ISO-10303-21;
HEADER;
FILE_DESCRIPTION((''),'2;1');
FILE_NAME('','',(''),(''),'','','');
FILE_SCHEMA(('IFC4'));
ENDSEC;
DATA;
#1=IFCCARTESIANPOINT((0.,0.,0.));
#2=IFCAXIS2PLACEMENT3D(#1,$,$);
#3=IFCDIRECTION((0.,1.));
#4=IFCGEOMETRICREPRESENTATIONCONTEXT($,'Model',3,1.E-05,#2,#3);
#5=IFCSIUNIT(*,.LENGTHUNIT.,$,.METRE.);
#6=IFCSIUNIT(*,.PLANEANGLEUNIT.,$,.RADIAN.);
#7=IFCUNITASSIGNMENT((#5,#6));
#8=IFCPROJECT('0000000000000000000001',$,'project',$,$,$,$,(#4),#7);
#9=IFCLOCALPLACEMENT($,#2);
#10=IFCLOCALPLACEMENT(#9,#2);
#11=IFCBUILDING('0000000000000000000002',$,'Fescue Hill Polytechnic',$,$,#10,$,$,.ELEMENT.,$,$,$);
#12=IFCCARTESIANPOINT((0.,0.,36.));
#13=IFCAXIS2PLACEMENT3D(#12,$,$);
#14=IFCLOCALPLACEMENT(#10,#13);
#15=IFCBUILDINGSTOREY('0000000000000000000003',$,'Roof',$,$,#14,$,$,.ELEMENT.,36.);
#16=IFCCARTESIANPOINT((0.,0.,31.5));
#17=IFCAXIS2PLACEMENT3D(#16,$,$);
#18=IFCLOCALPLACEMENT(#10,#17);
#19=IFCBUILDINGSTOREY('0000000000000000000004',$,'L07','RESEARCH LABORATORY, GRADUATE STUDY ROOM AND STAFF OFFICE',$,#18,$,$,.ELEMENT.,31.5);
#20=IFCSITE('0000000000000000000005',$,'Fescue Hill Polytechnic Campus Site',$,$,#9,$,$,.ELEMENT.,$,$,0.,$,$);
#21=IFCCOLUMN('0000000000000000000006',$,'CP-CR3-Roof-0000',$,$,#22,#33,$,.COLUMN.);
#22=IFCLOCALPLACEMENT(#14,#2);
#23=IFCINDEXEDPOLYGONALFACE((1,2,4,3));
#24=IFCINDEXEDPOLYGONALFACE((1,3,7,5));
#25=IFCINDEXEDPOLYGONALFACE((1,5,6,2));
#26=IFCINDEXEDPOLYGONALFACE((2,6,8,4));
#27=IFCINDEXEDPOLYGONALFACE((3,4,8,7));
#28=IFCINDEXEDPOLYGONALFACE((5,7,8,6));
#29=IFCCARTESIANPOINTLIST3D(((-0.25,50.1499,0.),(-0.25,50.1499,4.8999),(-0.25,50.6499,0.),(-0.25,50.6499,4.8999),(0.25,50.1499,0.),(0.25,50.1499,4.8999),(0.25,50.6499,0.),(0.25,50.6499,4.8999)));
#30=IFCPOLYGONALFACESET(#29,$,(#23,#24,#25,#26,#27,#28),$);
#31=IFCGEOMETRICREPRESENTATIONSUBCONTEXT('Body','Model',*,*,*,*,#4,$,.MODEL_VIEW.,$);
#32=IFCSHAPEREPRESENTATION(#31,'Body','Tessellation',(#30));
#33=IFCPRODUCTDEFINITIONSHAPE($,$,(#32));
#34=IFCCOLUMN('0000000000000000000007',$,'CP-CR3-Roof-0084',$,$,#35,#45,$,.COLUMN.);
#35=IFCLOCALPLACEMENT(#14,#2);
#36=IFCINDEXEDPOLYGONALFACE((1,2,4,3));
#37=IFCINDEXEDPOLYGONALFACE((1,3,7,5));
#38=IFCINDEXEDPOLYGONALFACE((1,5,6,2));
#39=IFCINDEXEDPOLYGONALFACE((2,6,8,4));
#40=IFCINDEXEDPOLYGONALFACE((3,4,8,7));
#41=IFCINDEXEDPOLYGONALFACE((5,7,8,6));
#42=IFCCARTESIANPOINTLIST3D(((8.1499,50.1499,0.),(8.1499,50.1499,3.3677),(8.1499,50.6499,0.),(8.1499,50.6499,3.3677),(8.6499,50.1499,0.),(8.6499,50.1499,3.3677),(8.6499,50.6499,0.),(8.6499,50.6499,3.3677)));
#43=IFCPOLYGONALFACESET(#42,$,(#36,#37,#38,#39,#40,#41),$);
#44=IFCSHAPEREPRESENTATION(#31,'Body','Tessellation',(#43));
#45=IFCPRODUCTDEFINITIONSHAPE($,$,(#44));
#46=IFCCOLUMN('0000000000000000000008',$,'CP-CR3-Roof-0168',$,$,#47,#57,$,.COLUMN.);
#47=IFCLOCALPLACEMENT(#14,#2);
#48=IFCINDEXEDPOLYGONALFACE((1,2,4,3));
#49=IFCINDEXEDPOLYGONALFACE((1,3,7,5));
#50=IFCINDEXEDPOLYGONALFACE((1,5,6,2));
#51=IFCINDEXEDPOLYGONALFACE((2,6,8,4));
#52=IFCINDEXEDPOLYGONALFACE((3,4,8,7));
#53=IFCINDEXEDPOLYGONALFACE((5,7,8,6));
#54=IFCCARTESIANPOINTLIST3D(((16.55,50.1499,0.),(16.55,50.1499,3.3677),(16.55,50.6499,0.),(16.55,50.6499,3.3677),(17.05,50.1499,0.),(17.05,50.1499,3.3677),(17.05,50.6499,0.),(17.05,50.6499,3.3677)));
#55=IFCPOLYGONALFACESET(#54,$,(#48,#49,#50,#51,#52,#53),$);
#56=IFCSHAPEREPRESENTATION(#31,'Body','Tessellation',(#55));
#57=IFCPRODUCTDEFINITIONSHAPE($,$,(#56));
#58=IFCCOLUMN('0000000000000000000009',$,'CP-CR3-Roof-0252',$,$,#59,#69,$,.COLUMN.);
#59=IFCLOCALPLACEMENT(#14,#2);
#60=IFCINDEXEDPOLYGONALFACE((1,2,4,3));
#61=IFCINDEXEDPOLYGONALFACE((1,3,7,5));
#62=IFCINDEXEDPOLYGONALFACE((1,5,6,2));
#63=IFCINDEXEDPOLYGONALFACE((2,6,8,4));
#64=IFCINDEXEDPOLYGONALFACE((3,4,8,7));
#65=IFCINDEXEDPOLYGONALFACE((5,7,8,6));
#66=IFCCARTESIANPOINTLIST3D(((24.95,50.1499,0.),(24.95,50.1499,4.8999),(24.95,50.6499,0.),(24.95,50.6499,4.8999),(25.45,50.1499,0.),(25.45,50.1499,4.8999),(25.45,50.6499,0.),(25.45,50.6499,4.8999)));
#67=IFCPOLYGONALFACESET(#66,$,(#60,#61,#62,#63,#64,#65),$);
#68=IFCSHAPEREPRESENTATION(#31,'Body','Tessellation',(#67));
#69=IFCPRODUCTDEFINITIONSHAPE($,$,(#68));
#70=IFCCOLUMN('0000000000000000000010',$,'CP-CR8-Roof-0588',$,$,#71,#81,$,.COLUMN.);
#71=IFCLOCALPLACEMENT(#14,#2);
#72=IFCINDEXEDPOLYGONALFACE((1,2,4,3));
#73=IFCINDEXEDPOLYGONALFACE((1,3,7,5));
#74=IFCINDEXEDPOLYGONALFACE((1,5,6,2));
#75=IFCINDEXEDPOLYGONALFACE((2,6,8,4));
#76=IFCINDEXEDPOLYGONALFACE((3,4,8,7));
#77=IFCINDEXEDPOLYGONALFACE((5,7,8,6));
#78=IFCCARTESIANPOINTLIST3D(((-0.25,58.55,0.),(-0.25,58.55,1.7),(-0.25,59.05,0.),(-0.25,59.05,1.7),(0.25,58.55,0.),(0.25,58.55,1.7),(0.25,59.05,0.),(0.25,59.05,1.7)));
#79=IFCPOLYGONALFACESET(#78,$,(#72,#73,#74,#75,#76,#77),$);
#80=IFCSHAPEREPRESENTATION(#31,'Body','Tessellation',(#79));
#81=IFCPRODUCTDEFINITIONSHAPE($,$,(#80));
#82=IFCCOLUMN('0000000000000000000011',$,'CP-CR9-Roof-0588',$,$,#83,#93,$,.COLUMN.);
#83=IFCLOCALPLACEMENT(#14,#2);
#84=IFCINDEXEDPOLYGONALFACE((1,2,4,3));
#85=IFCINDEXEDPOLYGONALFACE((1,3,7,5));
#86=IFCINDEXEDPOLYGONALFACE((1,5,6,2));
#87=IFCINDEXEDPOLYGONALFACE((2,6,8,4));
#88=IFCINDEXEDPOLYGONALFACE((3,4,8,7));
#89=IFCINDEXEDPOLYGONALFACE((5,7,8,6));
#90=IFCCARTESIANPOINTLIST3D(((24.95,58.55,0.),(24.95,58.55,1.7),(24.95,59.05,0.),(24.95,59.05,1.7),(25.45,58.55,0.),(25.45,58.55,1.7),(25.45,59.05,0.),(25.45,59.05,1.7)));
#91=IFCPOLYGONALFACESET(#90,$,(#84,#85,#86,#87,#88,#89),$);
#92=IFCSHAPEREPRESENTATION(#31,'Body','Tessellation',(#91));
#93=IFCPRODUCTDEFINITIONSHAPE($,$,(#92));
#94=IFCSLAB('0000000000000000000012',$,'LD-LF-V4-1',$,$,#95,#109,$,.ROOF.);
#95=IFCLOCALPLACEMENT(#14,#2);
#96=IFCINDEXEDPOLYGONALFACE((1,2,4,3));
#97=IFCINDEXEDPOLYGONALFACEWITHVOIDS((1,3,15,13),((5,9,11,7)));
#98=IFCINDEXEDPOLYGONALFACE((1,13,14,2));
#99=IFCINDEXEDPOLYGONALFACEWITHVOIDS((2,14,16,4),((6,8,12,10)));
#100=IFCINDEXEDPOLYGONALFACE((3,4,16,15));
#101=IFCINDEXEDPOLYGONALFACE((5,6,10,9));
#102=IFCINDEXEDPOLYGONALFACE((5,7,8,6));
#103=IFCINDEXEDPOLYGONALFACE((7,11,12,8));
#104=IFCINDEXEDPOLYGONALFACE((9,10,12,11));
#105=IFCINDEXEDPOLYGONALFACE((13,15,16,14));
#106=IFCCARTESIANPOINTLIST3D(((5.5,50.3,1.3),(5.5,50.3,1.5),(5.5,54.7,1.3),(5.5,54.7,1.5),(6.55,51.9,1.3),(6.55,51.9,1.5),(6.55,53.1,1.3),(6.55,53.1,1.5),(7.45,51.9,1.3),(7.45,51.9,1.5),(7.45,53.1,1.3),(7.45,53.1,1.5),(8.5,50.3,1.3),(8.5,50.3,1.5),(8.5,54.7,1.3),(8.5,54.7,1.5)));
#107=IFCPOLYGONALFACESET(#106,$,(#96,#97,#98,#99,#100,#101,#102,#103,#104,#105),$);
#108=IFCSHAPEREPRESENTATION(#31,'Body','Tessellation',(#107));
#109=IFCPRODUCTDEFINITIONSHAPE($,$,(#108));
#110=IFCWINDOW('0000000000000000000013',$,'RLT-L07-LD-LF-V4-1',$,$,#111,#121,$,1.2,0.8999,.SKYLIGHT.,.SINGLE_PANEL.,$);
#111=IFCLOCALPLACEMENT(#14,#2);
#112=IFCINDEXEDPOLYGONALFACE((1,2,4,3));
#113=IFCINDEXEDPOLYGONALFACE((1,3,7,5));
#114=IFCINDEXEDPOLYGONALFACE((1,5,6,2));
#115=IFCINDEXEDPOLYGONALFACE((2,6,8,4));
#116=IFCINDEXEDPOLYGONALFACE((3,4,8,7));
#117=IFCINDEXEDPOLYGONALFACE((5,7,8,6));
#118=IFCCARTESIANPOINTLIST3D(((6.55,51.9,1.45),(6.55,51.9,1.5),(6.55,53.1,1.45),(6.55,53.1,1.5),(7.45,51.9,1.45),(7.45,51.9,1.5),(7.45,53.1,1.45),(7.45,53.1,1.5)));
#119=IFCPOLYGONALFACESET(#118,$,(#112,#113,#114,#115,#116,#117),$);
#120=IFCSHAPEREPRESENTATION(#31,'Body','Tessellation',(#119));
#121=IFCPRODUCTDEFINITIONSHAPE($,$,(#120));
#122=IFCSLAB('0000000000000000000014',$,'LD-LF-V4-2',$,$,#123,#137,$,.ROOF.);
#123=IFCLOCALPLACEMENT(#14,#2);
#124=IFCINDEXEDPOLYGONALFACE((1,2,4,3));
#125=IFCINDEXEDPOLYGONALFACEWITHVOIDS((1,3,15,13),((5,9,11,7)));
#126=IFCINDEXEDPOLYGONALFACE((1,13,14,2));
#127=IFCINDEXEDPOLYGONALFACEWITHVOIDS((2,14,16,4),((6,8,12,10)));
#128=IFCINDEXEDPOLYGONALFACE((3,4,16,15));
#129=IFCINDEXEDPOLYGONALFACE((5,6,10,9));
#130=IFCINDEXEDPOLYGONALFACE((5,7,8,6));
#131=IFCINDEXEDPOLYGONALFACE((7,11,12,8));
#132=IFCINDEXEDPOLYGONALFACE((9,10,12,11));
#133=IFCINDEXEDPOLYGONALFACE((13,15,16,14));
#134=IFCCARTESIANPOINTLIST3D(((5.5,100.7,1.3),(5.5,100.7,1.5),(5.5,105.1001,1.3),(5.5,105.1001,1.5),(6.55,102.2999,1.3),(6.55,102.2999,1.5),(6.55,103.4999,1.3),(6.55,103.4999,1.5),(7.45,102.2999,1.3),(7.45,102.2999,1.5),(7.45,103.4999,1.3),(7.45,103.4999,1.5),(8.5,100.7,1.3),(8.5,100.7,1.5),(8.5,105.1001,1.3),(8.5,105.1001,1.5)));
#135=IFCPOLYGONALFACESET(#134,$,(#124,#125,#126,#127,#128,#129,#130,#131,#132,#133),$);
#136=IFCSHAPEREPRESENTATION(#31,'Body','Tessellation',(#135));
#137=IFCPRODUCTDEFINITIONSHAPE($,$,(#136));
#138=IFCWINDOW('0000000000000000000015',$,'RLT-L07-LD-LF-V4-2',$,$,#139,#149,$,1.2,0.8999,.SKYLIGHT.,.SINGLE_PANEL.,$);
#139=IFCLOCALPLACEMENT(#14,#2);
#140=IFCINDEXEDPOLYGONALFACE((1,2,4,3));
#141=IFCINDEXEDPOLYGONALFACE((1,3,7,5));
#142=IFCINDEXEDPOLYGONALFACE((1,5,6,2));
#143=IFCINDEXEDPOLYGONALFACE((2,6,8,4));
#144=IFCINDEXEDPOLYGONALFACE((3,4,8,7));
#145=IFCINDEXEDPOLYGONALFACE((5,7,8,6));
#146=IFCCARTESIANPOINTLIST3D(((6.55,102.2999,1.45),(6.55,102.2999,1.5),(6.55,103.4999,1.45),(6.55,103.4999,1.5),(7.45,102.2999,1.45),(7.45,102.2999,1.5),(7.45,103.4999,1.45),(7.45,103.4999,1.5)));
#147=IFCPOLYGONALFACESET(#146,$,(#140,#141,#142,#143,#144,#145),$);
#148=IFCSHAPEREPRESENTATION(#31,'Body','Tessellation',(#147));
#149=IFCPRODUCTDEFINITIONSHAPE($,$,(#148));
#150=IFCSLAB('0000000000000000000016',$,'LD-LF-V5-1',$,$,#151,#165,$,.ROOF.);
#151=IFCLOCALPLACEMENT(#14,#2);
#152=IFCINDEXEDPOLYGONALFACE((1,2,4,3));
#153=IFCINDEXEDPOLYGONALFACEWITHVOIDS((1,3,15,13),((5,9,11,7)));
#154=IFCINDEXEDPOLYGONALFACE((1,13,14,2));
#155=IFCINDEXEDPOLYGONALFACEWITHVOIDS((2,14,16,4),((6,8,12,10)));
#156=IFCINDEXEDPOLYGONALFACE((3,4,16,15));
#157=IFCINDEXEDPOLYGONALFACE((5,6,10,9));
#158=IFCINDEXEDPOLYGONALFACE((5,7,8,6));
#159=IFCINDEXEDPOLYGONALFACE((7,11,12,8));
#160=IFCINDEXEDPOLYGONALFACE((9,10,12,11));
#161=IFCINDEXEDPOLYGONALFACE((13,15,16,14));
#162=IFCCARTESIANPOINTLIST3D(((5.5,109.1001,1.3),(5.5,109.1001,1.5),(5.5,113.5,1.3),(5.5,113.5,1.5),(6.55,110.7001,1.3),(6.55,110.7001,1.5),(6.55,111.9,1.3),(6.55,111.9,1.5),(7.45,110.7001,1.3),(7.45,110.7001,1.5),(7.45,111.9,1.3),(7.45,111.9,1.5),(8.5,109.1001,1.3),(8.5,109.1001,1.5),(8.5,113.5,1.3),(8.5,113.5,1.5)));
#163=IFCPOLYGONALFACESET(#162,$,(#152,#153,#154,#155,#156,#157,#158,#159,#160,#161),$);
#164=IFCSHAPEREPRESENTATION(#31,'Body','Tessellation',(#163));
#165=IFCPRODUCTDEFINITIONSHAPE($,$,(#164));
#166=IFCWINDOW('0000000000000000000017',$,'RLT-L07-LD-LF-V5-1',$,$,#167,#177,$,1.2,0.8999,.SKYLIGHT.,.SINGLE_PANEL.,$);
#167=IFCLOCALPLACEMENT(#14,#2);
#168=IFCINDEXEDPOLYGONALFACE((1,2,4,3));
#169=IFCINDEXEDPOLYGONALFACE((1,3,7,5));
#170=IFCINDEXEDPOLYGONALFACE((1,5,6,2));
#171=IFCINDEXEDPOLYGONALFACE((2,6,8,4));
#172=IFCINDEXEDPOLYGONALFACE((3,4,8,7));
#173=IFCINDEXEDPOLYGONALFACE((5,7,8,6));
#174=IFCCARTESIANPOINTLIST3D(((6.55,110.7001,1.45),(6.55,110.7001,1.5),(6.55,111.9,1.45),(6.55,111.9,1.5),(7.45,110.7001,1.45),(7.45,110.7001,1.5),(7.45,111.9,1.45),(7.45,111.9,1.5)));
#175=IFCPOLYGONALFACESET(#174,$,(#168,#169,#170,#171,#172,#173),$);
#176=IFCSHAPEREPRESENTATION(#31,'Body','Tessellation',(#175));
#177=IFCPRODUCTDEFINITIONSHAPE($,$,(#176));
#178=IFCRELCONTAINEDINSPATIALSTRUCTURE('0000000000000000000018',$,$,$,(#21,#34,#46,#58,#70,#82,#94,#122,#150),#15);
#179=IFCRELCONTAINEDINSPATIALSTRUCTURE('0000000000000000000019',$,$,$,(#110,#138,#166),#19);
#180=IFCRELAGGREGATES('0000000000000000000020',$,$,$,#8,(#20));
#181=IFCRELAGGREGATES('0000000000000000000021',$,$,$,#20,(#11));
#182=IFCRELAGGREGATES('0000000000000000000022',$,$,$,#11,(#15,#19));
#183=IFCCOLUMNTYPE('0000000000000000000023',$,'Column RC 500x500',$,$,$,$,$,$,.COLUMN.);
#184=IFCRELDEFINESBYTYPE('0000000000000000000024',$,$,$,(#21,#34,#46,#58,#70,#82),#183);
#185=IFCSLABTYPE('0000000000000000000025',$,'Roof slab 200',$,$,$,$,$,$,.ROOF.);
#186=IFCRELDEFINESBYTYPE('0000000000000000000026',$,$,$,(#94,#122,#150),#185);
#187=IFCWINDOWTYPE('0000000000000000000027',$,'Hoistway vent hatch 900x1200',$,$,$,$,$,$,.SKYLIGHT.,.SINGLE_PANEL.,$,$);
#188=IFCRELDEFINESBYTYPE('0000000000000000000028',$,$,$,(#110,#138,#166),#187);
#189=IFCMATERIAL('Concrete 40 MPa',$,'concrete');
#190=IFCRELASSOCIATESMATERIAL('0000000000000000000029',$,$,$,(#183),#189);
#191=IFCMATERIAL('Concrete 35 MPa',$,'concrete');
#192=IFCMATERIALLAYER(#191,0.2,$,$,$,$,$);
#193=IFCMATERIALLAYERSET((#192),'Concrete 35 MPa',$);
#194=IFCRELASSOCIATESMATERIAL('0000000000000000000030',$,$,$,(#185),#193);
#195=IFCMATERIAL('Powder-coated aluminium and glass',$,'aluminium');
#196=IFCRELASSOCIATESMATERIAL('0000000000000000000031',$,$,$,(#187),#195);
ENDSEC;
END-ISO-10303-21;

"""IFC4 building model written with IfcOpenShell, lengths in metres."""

from ifc_helpers import new_model, si_unit, direction, frame, origin, origin_2d, place, context, subcontext, project, spatial, polyline, rectangle, outline, extrude, material, layer, layer_set, material_profile, profile_set, type_object, element, fill, save


model = new_model("IFC4")

# Units and contexts
model_context = context("Model", 3, precision=1e-05, world=origin(), true_north=direction((0.0, 1.0)))
body_context = subcontext(model_context, "Body", "Model", "MODEL_VIEW")
ifc_project = project(units=[si_unit("LENGTHUNIT", "METRE"), si_unit("PLANEANGLEUNIT", "RADIAN")], contexts=[model_context])

# Site, building, storey
site_placement = place(None, origin())
site = spatial("IfcSite", under=ifc_project, at=site_placement, Name="Fescue Hill Polytechnic Campus Site", CompositionType="ELEMENT", RefElevation=0.0)
building_placement = place(site_placement, origin())
building = spatial("IfcBuilding", under=site, at=building_placement, Name="Fescue Hill Polytechnic", CompositionType="ELEMENT")
storey_1_placement = place(building_placement, frame((0.0, 0.0, 36.0)))
storey_1 = spatial("IfcBuildingStorey", under=building, at=storey_1_placement, Name="Roof", CompositionType="ELEMENT", Elevation=36.0)

# Columns
ifc_material_1 = material(Name="Concrete 40 MPa", Category="concrete")
ifc_material_profile = material_profile(ifc_material_1, rectangle(XDim=0.5, YDim=0.5, at=origin_2d()), Name="RC 500x500")
ifc_profile_set = profile_set([ifc_material_profile], Name="Concrete 40 MPa")
column_type = type_object("IfcColumnType", Name="Column RC 500x500", PredefinedType="COLUMN", material=ifc_profile_set)
column_1_placement = place(storey_1_placement, frame((0.0, 50.3999, 0.0), z_axis=(0.0, 0.0, 1.0), x_axis=(1.0, 0.0, 0.0)))
element("IfcColumn", 1, at=column_1_placement, inside=storey_1, type_object=column_type, Name="CP-CR3-Roof-0000", PredefinedType="COLUMN", context=body_context, shape_type="SweptSolid", body=[
    extrude(rectangle(XDim=0.5, YDim=0.5, at=origin_2d()), origin(), (0.0, 0.0, 1.0), 4.8999),
])
for number, where, z_axis, x_axis, name in (
    (2, (8.3999, 50.3999, 0.0), (0.0, 0.0, 1.0), (1.0, 0.0, 0.0), "CP-CR3-Roof-0084"),
    (3, (16.8, 50.3999, 0.0), (0.0, 0.0, 1.0), (1.0, 0.0, 0.0), "CP-CR3-Roof-0168"),
):
    element("IfcColumn", number, at=place(storey_1_placement, frame(where, z_axis=z_axis, x_axis=x_axis)), inside=storey_1, type_object=column_type, Name=name, PredefinedType="COLUMN", context=body_context, shape_type="SweptSolid", body=[
        extrude(rectangle(XDim=0.5, YDim=0.5, at=origin_2d()), origin(), (0.0, 0.0, 1.0), 3.3677),
    ])
column_2_placement = place(storey_1_placement, frame((25.2, 50.3999, 0.0), z_axis=(0.0, 0.0, 1.0), x_axis=(1.0, 0.0, 0.0)))
element("IfcColumn", 4, at=column_2_placement, inside=storey_1, type_object=column_type, Name="CP-CR3-Roof-0252", PredefinedType="COLUMN", context=body_context, shape_type="SweptSolid", body=[
    extrude(rectangle(XDim=0.5, YDim=0.5, at=origin_2d()), origin(), (0.0, 0.0, 1.0), 4.8999),
])
for number, where, z_axis, x_axis, name in (
    (5, (0.0, 58.8, 0.0), (0.0, 0.0, 1.0), (1.0, 0.0, 0.0), "CP-CR8-Roof-0588"),
    (6, (25.2, 58.8, 0.0), (0.0, 0.0, 1.0), (1.0, 0.0, 0.0), "CP-CR9-Roof-0588"),
):
    element("IfcColumn", number, at=place(storey_1_placement, frame(where, z_axis=z_axis, x_axis=x_axis)), inside=storey_1, type_object=column_type, Name=name, PredefinedType="COLUMN", context=body_context, shape_type="SweptSolid", body=[
        extrude(rectangle(XDim=0.5, YDim=0.5, at=origin_2d()), origin(), (0.0, 0.0, 1.0), 1.7),
    ])

# Slab, opening
ifc_material_2 = material(Name="Concrete 35 MPa", Category="concrete")
ifc_layer_1 = layer(ifc_material_2, 0.2)
ifc_layer_set_1 = layer_set([ifc_layer_1], Name="Concrete 35 MPa")
slab_type = type_object("IfcSlabType", Name="Roof slab 200", PredefinedType="ROOF", material=ifc_layer_set_1)
slab_1_placement = place(storey_1_placement, frame((0.0, 0.0, 1.3)))
slab_1 = element("IfcSlab", 7, at=slab_1_placement, inside=storey_1, type_object=slab_type, Name="LD-LF-V4-1", PredefinedType="ROOF", context=body_context, shape_type="SweptSolid", body=[
    extrude(outline(polyline([(8.5, 50.3), (5.5, 50.3), (5.5, 54.7), (8.5, 54.7), (8.5, 50.3)])), origin(), (0.0, 0.0, 1.0), 0.2),
])
opening_1_placement = place(slab_1_placement, frame((7.0, 52.5, 0.0)))
opening_1 = element("IfcOpeningElement", 8, at=opening_1_placement, cuts=slab_1, PredefinedType="OPENING", context=body_context, shape_type="SweptSolid", body=[
    extrude(rectangle(XDim=0.8999, YDim=1.2, at=origin_2d()), frame((0.0, 0.0, -0.01)), (0.0, 0.0, 1.0), 0.22),
])

# Shared definitions
storey_2_placement = place(building_placement, frame((0.0, 0.0, 31.5)))
storey_2 = spatial("IfcBuildingStorey", under=building, at=storey_2_placement, Name="L07", Description="RESEARCH LABORATORY, GRADUATE STUDY ROOM AND STAFF OFFICE", CompositionType="ELEMENT", Elevation=31.5)

# Window
ifc_material_3 = material(Name="Powder-coated aluminium and glass", Category="aluminium")
window_type = type_object("IfcWindowType", Name="Hoistway vent hatch 900x1200", PartitioningType="SINGLE_PANEL", PredefinedType="SKYLIGHT", material=ifc_material_3)
window_1_placement = place(opening_1_placement, frame((0.0, 0.0, 0.1499)))
window_1 = element("IfcWindow", 9, at=window_1_placement, inside=storey_2, type_object=window_type, Name="RLT-L07-LD-LF-V4-1", OverallHeight=1.2, OverallWidth=0.8999, PartitioningType="SINGLE_PANEL", PredefinedType="SKYLIGHT", context=body_context, shape_type="SweptSolid", body=[
    extrude(rectangle(XDim=0.8999, YDim=1.2, at=origin_2d()), origin(), (0.0, 0.0, 1.0), 0.05),
])
fill(opening_1, window_1)

# Slabs, openings, windows
slab_2_placement = place(storey_1_placement, frame((0.0, 0.0, 1.3)))
slab_2 = element("IfcSlab", 10, at=slab_2_placement, inside=storey_1, type_object=slab_type, Name="LD-LF-V4-2", PredefinedType="ROOF", context=body_context, shape_type="SweptSolid", body=[
    extrude(outline(polyline([(8.5, 100.7), (5.5, 100.7), (5.5, 105.1001), (8.5, 105.1001), (8.5, 100.7)])), origin(), (0.0, 0.0, 1.0), 0.2),
])
opening_2_placement = place(slab_2_placement, frame((7.0, 102.8999, 0.0)))
opening_2 = element("IfcOpeningElement", 11, at=opening_2_placement, cuts=slab_2, PredefinedType="OPENING", context=body_context, shape_type="SweptSolid", body=[
    extrude(rectangle(XDim=0.8999, YDim=1.2, at=origin_2d()), frame((0.0, 0.0, -0.01)), (0.0, 0.0, 1.0), 0.22),
])
window_2_placement = place(opening_2_placement, frame((0.0, 0.0, 0.1499)))
window_2 = element("IfcWindow", 12, at=window_2_placement, inside=storey_2, type_object=window_type, Name="RLT-L07-LD-LF-V4-2", OverallHeight=1.2, OverallWidth=0.8999, PartitioningType="SINGLE_PANEL", PredefinedType="SKYLIGHT", context=body_context, shape_type="SweptSolid", body=[
    extrude(rectangle(XDim=0.8999, YDim=1.2, at=origin_2d()), origin(), (0.0, 0.0, 1.0), 0.05),
])
fill(opening_2, window_2)
slab_3_placement = place(storey_1_placement, frame((0.0, 0.0, 1.3)))
slab_3 = element("IfcSlab", 13, at=slab_3_placement, inside=storey_1, type_object=slab_type, Name="LD-LF-V5-1", PredefinedType="ROOF", context=body_context, shape_type="SweptSolid", body=[
    extrude(outline(polyline([(8.5, 109.1001), (5.5, 109.1001), (5.5, 113.5), (8.5, 113.5), (8.5, 109.1001)])), origin(), (0.0, 0.0, 1.0), 0.2),
])
opening_3_placement = place(slab_3_placement, frame((7.0, 111.3, 0.0)))
opening_3 = element("IfcOpeningElement", 14, at=opening_3_placement, cuts=slab_3, PredefinedType="OPENING", context=body_context, shape_type="SweptSolid", body=[
    extrude(rectangle(XDim=0.8999, YDim=1.2, at=origin_2d()), frame((0.0, 0.0, -0.01)), (0.0, 0.0, 1.0), 0.22),
])
window_3_placement = place(opening_3_placement, frame((0.0, 0.0, 0.1499)))
window_3 = element("IfcWindow", 15, at=window_3_placement, inside=storey_2, type_object=window_type, Name="RLT-L07-LD-LF-V5-1", OverallHeight=1.2, OverallWidth=0.8999, PartitioningType="SINGLE_PANEL", PredefinedType="SKYLIGHT", context=body_context, shape_type="SweptSolid", body=[
    extrude(rectangle(XDim=0.8999, YDim=1.2, at=origin_2d()), origin(), (0.0, 0.0, 1.0), 0.05),
])
fill(opening_3, window_3)

save(model, "model.ifc")
